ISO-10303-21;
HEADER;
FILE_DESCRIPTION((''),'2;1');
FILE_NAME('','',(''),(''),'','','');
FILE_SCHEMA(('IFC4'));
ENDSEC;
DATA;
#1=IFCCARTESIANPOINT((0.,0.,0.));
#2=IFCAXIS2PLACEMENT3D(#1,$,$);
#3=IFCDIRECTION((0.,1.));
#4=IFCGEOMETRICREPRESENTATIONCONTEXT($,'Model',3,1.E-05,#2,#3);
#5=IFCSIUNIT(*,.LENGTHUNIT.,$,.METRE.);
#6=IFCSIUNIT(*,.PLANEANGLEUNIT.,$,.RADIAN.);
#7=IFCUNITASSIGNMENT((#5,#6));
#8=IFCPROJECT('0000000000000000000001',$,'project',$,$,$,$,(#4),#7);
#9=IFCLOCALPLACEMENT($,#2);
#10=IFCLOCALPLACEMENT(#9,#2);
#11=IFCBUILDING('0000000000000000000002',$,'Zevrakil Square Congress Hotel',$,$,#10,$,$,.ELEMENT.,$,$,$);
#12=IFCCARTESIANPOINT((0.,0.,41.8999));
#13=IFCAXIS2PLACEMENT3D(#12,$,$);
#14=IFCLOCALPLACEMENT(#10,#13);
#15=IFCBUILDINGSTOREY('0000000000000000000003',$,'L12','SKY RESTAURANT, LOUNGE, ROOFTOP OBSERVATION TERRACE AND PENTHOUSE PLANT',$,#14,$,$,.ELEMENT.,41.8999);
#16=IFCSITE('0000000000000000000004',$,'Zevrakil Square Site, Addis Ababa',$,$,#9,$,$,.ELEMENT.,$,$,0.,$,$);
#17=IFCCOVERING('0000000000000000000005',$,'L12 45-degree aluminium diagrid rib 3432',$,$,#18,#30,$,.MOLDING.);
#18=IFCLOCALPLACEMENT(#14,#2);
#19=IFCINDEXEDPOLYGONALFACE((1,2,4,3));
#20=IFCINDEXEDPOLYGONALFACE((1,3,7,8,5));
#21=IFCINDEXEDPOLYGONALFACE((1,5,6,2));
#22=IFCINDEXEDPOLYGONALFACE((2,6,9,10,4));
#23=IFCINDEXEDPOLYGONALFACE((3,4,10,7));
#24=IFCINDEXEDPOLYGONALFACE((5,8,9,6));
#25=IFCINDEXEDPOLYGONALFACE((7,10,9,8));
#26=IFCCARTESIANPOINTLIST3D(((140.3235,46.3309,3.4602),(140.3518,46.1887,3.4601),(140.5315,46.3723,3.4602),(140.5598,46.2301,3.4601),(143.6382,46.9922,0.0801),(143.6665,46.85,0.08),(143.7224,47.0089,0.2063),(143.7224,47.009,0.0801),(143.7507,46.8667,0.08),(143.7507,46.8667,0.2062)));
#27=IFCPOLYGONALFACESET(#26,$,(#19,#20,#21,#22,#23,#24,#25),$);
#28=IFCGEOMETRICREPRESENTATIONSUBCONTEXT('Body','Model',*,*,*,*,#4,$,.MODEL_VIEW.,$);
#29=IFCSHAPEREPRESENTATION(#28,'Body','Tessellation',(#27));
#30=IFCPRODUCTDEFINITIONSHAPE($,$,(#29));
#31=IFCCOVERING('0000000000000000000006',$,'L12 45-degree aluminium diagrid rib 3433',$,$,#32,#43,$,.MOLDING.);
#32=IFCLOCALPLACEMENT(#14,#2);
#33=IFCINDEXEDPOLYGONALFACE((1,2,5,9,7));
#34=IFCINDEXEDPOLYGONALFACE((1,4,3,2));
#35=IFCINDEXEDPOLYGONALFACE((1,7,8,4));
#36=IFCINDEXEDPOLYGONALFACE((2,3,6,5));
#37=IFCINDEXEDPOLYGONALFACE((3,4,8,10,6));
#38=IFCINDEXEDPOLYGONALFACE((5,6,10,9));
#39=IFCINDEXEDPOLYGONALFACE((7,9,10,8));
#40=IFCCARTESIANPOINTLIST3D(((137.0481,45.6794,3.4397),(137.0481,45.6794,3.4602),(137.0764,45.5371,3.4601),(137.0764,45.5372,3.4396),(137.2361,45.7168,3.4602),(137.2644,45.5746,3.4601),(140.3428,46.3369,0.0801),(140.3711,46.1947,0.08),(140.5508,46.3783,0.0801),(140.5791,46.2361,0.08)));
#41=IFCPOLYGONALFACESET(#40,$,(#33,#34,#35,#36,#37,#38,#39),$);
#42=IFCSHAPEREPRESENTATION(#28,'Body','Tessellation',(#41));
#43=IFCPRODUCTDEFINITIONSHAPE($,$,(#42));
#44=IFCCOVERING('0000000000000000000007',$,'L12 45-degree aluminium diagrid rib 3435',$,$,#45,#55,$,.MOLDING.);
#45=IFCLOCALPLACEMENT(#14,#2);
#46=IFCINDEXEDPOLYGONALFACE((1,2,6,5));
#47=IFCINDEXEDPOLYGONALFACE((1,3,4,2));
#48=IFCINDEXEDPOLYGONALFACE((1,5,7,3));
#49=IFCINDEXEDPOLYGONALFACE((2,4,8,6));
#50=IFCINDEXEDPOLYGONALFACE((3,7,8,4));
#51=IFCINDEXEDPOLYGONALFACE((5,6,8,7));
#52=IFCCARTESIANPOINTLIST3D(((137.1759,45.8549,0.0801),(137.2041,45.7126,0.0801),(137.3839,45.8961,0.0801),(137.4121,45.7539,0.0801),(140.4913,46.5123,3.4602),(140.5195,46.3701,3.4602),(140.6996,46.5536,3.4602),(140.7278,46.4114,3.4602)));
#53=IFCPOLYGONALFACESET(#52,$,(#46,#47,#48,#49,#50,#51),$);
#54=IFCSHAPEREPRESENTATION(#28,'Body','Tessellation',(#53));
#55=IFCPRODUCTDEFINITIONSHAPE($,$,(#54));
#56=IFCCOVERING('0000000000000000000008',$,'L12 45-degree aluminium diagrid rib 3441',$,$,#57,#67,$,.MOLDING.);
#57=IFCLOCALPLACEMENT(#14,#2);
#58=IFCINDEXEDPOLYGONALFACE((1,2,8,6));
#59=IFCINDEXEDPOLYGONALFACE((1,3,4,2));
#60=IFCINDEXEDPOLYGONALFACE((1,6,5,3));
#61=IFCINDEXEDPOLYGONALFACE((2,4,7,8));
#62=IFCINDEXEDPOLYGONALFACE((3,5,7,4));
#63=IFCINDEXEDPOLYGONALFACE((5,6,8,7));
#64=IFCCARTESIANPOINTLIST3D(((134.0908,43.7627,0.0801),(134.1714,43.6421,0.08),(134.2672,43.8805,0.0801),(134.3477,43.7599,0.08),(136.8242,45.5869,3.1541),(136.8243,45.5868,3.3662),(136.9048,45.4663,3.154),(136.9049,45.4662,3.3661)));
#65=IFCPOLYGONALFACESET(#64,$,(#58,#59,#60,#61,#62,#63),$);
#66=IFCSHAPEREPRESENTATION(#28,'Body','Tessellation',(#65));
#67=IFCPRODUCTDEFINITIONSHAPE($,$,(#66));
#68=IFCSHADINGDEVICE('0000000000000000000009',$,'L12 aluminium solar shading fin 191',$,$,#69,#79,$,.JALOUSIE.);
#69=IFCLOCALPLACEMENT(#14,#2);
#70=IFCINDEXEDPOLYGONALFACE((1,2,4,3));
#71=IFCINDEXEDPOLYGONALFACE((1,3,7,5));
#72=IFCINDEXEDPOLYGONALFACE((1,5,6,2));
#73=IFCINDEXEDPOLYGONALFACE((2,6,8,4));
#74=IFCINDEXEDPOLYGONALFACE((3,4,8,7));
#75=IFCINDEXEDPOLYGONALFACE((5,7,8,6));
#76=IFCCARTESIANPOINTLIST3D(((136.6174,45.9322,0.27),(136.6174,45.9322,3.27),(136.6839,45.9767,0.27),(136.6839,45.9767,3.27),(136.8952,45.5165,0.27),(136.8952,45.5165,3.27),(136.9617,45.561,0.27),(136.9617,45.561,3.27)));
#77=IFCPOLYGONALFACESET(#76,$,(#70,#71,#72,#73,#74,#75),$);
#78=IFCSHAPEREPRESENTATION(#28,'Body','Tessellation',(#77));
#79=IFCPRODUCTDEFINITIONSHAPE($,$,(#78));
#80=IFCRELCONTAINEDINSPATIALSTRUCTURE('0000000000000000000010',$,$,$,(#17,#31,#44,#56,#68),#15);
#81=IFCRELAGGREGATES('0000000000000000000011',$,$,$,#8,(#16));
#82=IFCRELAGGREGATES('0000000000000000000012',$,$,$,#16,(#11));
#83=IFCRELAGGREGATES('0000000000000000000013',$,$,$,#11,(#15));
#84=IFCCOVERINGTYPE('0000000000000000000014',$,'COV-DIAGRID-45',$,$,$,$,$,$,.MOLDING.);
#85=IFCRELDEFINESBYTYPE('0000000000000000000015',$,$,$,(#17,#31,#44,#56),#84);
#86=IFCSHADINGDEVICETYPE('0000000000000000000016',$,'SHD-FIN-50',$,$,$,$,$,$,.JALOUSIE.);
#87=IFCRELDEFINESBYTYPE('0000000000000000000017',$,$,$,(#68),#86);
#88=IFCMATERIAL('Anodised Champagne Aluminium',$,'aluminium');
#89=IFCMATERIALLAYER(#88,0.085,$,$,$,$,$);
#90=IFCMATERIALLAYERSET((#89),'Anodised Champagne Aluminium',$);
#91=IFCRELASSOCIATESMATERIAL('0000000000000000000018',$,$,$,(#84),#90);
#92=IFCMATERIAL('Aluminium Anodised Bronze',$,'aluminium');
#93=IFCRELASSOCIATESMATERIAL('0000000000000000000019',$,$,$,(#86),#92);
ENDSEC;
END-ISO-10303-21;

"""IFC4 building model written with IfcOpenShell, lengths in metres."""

from ifc_helpers import new_model, si_unit, direction, frame, origin, origin_2d, place, context, subcontext, project, spatial, polyline, rectangle, outline, extrude, material, layer, layer_set, type_object, element, save


model = new_model("IFC4")

# Units and contexts
model_context = context("Model", 3, precision=1e-05, world=origin(), true_north=direction((0.0, 1.0)))
body_context = subcontext(model_context, "Body", "Model", "MODEL_VIEW")
ifc_project = project(units=[si_unit("LENGTHUNIT", "METRE"), si_unit("PLANEANGLEUNIT", "RADIAN")], contexts=[model_context])

# Site, building, storey
site_placement = place(None, origin())
site = spatial("IfcSite", under=ifc_project, at=site_placement, Name="Zevrakil Square Site, Addis Ababa", CompositionType="ELEMENT", RefElevation=0.0)
building_placement = place(site_placement, origin())
building = spatial("IfcBuilding", under=site, at=building_placement, Name="Zevrakil Square Congress Hotel", CompositionType="ELEMENT")
storey_placement = place(building_placement, frame((0.0, 0.0, 41.8999)))
storey = spatial("IfcBuildingStorey", under=building, at=storey_placement, Name="L12", Description="SKY RESTAURANT, LOUNGE, ROOFTOP OBSERVATION TERRACE AND PENTHOUSE PLANT", CompositionType="ELEMENT", Elevation=41.8999)

# Coverings
ifc_material_1 = material(Name="Anodised Champagne Aluminium", Category="aluminium")
ifc_layer_1 = layer(ifc_material_1, 0.085)
ifc_layer_set_1 = layer_set([ifc_layer_1], Name="Anodised Champagne Aluminium")
covering_type_1 = type_object("IfcCoveringType", Name="COV-DIAGRID-45", PredefinedType="MOLDING", material=ifc_layer_set_1)
covering_1_placement = place(storey_placement, frame((143.6382, 46.9922, 0.0801), z_axis=(-0.195207, 0.980762, 0.000447), x_axis=(0.980762, 0.195207, 0.0)))
element("IfcCovering", 1, at=covering_1_placement, inside=storey, type_object=covering_type_1, Name="L12 45-degree aluminium diagrid rib 3432", PredefinedType="MOLDING", context=body_context, shape_type="SweptSolid", body=[
    extrude(outline(polyline([(0.0, 0.0), (0.0859, 0.0), (0.0859, -0.1262), (-3.1679, -3.3801), (-3.38, -3.3801), (0.0, 0.0)])), origin(), (0.0, 0.0, -1.0), 0.145),
])
covering_2_placement = place(storey_placement, frame((140.3428, 46.3369, 0.0801), z_axis=(-0.195321, 0.980739, 0.000403), x_axis=(0.980739, 0.195321, 0.0)))
element("IfcCovering", 2, at=covering_2_placement, inside=storey, type_object=covering_type_1, Name="L12 45-degree aluminium diagrid rib 3433", PredefinedType="MOLDING", context=body_context, shape_type="SweptSolid", body=[
    extrude(outline(polyline([(0.0, 0.0), (0.2121, 0.0), (-3.168, -3.3801), (-3.3596, -3.3801), (-3.3596, -3.3596), (0.0, 0.0)])), origin(), (0.0, 0.0, -1.0), 0.145),
])
covering_3_placement = place(storey_placement, frame((140.7278, 46.4114, 3.4602), z_axis=(0.194456, -0.980911, 0.000056), x_axis=(-0.980911, -0.194456, 0.0)))
element("IfcCovering", 3, at=covering_3_placement, inside=storey, type_object=covering_type_1, Name="L12 45-degree aluminium diagrid rib 3435", PredefinedType="MOLDING", context=body_context, shape_type="SweptSolid", body=[
    extrude(outline(polyline([(0.0, 0.0), (0.2123, 0.0), (3.5923, 3.3801), (3.3802, 3.3801), (0.0, 0.0)])), origin(), (0.0, 0.0, -1.0), 0.145),
])
covering_4_placement = place(storey_placement, frame((136.8242, 45.5869, 3.1541), z_axis=(-0.555554, 0.83148, 0.000569), x_axis=(0.000316, -0.000473, 1.0)))
element("IfcCovering", 4, at=covering_4_placement, inside=storey, type_object=covering_type_1, Name="L12 45-degree aluminium diagrid rib 3441", PredefinedType="MOLDING", context=body_context, shape_type="SweptSolid", body=[
    extrude(outline(polyline([(0.0, 0.0), (0.2122, 0.0), (-3.074, -3.2862), (-3.074, -3.0741), (0.0, 0.0)])), origin(), (0.0, 0.0, -1.0), 0.145),
])

# Shading device
ifc_material_2 = material(Name="Aluminium Anodised Bronze", Category="aluminium")
shading_device_type = type_object("IfcShadingDeviceType", Name="SHD-FIN-50", PredefinedType="JALOUSIE", material=ifc_material_2)
shading_device_placement = place(storey_placement, frame((136.7896, 45.7466, 0.27), z_axis=(0.0, 0.0, 1.0), x_axis=(-0.55557, 0.83147, 0.0)))
element("IfcShadingDevice", 5, at=shading_device_placement, inside=storey, type_object=shading_device_type, Name="L12 aluminium solar shading fin 191", PredefinedType="JALOUSIE", context=body_context, shape_type="SweptSolid", body=[
    extrude(rectangle(XDim=0.5, YDim=0.0801, at=origin_2d()), origin(), (0.0, 0.0, 1.0), 3.0),
])

save(model, "model.ifc")
